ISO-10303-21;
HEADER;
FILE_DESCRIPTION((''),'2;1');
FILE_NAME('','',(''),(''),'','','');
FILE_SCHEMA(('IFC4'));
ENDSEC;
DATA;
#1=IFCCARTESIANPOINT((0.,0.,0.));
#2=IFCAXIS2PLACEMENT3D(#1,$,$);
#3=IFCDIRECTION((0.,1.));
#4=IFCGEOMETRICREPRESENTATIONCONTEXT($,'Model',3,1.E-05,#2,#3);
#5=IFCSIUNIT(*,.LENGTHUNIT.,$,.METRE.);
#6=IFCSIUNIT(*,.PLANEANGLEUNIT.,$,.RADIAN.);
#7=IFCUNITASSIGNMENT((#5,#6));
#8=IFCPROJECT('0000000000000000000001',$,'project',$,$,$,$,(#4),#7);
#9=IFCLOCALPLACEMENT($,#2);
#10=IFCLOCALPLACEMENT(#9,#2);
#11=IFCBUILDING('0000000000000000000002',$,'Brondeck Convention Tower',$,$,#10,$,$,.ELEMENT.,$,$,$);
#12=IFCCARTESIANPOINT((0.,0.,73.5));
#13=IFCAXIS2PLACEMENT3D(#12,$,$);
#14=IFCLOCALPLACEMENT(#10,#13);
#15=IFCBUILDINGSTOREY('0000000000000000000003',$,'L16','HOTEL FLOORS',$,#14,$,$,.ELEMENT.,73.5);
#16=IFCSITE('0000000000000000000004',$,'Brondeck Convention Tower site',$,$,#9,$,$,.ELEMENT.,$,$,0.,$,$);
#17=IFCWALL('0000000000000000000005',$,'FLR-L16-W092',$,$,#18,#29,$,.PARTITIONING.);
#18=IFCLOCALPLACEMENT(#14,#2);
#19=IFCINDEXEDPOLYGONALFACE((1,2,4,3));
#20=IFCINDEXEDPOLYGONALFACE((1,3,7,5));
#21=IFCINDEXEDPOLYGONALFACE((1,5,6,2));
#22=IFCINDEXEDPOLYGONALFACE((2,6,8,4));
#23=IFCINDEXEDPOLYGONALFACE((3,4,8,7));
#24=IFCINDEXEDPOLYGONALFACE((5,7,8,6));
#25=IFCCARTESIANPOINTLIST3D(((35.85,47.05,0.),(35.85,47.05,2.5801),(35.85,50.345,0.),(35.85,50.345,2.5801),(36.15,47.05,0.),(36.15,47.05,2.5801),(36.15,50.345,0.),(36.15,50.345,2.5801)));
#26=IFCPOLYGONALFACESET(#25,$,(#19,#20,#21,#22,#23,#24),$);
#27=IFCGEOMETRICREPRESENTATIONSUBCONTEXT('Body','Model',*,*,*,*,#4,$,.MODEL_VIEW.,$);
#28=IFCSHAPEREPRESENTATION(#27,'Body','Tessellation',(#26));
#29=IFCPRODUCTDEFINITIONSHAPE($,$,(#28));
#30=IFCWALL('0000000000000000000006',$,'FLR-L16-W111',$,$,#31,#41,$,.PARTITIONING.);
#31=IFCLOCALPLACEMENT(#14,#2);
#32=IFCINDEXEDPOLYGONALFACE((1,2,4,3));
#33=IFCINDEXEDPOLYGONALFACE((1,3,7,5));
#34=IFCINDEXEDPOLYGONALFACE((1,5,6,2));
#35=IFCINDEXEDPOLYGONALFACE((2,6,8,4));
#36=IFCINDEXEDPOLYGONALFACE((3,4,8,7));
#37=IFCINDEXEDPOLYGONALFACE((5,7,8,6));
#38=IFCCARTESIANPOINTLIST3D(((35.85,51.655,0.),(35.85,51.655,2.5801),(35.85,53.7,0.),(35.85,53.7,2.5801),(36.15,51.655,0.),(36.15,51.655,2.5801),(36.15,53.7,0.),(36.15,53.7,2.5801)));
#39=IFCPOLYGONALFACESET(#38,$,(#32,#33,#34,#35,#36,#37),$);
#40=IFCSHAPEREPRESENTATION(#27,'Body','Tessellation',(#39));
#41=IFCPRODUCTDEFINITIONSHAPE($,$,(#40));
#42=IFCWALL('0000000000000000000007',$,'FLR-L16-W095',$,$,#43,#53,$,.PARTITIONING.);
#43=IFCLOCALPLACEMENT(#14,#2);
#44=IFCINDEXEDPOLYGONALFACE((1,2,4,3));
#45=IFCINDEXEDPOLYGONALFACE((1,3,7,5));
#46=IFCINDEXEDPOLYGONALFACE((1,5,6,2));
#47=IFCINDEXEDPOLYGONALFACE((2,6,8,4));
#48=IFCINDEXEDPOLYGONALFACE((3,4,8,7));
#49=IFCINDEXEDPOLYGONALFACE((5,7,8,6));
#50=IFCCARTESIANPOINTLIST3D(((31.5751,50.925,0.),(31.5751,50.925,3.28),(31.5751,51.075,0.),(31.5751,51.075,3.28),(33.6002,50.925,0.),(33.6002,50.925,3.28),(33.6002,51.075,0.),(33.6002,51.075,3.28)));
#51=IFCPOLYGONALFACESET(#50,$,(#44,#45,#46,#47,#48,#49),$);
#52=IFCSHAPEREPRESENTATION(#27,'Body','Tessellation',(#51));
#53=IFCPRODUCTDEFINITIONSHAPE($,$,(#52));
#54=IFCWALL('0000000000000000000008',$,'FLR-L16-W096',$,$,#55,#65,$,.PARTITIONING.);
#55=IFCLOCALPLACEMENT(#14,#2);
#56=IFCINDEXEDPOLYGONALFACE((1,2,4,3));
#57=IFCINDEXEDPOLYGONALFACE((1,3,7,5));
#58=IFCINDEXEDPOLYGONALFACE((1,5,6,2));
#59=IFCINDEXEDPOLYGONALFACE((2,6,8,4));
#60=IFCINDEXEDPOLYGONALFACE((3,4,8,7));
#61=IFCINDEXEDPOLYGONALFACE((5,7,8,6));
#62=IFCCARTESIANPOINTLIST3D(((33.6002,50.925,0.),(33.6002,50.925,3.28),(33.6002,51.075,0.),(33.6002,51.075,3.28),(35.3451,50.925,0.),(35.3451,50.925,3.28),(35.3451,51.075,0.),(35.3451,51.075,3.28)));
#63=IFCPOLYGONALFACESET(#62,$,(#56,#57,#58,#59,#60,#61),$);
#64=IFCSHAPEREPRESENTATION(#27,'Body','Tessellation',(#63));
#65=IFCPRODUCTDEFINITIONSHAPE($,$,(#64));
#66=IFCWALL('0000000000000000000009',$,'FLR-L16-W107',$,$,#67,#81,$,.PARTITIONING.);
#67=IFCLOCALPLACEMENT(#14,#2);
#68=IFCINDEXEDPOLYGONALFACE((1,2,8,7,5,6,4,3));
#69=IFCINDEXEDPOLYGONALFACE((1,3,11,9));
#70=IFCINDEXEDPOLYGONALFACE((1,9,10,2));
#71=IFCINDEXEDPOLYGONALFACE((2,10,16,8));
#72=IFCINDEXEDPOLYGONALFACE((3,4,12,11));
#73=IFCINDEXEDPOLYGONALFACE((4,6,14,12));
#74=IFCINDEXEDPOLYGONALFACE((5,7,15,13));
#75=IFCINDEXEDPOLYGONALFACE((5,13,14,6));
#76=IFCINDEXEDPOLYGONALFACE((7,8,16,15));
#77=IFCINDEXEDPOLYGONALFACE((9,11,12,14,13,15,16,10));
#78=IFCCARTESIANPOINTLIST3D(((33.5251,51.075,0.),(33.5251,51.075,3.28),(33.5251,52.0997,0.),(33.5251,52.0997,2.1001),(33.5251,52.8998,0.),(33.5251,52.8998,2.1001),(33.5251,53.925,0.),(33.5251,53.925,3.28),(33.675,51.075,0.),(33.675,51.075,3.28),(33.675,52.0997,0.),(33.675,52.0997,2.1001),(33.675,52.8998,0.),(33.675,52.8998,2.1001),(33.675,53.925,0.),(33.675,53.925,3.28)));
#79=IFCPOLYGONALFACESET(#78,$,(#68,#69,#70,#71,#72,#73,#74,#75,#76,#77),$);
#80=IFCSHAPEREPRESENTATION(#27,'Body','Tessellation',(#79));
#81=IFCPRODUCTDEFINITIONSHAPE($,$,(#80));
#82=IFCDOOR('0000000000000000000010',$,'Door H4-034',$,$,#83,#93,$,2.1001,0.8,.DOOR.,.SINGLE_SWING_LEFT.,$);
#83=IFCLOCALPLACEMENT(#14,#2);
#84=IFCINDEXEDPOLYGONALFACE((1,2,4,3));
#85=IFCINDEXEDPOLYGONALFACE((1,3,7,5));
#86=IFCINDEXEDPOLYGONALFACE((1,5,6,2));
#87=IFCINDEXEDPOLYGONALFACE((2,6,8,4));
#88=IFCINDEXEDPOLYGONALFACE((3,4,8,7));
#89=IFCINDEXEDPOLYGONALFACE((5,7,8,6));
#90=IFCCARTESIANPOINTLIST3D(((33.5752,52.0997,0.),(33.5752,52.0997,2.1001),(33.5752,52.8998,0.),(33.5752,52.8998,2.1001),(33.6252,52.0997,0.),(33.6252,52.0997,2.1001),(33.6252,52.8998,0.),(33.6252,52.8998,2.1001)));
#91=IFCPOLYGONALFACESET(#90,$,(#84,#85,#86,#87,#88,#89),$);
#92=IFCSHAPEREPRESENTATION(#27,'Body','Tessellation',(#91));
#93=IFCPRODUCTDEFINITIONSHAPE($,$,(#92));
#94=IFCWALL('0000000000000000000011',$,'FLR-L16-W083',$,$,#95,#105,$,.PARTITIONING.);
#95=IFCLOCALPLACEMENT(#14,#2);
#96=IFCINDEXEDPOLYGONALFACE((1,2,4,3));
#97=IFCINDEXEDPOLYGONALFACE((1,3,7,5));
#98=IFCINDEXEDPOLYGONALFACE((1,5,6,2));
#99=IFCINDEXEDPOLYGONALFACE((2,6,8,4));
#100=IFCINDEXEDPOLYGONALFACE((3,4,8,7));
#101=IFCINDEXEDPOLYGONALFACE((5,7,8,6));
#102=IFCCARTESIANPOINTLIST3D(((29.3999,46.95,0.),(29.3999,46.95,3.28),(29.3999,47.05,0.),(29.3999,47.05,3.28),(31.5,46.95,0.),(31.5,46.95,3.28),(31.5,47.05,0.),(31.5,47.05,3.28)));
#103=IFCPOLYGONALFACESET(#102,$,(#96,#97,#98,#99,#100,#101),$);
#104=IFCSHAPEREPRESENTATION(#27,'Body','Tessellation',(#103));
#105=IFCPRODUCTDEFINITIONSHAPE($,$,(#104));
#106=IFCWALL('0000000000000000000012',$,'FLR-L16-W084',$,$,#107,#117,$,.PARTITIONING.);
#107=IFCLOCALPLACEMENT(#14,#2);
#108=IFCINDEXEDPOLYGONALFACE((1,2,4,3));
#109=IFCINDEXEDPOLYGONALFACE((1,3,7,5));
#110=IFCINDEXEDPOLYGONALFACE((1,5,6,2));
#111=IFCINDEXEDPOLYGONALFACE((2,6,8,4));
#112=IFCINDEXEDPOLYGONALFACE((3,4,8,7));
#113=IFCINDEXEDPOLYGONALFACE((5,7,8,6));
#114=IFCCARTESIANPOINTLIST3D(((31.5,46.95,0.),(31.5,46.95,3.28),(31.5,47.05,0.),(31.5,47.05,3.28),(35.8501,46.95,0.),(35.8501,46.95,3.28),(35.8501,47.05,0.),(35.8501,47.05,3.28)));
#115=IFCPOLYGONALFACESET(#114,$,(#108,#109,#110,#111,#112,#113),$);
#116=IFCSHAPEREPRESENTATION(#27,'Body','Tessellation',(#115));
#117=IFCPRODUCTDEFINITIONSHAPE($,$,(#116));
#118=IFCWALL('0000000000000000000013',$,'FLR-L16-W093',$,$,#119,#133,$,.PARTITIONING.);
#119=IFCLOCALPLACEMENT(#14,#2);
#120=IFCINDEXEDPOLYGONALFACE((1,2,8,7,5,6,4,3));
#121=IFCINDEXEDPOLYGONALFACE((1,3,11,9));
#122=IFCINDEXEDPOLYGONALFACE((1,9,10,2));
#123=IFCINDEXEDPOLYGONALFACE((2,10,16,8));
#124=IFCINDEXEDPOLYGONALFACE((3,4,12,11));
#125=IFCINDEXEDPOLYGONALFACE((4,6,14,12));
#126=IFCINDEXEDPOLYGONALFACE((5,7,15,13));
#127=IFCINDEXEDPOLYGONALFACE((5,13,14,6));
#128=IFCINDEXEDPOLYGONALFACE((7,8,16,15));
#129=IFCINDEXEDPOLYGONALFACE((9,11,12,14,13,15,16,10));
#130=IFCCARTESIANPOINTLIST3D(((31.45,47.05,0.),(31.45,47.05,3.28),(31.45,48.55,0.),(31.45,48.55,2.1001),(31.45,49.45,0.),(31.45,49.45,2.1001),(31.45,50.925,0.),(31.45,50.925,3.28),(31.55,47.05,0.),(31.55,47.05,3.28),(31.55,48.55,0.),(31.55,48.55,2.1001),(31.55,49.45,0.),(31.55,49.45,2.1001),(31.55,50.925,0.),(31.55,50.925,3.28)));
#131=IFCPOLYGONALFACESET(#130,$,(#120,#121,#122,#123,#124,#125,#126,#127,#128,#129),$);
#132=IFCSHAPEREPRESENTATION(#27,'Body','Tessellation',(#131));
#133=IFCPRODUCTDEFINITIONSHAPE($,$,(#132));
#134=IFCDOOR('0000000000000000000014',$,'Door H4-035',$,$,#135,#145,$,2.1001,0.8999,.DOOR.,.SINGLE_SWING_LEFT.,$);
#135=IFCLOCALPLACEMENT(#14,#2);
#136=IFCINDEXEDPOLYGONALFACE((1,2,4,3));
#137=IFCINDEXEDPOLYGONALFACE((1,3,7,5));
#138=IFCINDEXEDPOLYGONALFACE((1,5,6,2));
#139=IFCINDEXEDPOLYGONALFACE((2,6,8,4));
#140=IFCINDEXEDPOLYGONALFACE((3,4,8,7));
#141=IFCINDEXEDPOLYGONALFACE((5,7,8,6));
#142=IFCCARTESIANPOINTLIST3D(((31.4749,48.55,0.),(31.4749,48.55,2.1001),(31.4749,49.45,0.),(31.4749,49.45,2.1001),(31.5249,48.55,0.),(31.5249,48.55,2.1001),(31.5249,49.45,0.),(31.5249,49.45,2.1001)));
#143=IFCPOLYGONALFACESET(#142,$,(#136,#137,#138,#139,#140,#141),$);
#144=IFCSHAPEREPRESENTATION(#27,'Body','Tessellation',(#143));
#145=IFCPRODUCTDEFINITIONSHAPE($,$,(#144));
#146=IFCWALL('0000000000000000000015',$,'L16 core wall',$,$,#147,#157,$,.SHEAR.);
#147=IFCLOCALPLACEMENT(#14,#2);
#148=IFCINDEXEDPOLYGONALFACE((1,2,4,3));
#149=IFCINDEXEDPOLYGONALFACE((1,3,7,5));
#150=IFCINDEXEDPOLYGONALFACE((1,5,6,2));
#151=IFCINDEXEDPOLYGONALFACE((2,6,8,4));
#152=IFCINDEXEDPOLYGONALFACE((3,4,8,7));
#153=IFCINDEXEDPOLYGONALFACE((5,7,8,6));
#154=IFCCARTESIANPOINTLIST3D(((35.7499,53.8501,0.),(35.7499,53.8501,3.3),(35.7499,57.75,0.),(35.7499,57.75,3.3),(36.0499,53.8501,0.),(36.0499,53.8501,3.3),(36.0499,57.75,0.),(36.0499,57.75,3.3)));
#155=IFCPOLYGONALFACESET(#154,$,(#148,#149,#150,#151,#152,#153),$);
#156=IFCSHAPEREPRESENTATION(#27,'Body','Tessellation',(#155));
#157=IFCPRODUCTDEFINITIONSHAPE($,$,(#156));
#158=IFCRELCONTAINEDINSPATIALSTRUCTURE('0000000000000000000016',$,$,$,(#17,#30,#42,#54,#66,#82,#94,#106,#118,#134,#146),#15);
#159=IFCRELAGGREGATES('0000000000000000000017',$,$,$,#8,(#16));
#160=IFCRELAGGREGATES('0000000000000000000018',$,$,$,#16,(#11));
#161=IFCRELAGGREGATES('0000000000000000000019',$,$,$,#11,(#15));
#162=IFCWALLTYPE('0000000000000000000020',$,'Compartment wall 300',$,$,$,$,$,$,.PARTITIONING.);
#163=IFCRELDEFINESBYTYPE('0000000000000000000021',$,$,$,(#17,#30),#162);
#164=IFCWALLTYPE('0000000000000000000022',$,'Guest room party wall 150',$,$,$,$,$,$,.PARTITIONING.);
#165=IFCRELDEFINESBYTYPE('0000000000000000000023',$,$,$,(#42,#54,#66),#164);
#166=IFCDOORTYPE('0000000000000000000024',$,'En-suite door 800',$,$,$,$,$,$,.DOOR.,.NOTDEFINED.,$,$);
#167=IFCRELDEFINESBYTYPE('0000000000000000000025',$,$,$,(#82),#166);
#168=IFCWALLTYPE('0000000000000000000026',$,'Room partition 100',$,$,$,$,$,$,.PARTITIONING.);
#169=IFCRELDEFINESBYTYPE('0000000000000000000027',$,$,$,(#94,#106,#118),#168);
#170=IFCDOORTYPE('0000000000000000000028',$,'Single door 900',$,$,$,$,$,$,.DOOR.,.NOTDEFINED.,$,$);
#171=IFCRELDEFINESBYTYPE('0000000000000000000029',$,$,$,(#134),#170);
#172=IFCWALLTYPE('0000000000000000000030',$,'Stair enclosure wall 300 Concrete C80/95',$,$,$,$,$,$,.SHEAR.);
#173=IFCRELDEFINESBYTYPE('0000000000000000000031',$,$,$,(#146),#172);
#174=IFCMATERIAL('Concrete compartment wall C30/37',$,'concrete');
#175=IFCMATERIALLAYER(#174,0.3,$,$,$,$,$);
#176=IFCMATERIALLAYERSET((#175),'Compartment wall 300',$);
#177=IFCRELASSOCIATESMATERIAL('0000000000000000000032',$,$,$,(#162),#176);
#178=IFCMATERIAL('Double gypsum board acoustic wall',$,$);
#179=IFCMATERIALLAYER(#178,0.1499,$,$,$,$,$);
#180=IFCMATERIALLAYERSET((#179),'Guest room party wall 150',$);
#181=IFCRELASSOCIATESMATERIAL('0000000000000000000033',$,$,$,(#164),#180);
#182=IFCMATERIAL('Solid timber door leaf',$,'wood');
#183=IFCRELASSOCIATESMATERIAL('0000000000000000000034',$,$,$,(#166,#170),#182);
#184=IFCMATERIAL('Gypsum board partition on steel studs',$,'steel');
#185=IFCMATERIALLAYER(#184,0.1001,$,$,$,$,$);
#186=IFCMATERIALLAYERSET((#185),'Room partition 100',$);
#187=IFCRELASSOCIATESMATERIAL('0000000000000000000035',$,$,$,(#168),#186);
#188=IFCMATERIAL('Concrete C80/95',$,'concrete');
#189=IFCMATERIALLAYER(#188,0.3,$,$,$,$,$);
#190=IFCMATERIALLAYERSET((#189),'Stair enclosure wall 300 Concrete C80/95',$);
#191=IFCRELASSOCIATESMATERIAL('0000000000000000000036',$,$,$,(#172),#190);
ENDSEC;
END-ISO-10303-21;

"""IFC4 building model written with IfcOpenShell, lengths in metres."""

from ifc_helpers import new_model, si_unit, direction, frame, frame_2d, origin, place, context, subcontext, project, spatial, rectangle, extrude, material, layer, layer_set, type_object, element, fill, save


model = new_model("IFC4")

# Units and contexts
model_context = context("Model", 3, precision=1e-05, world=origin(), true_north=direction((0.0, 1.0)))
body_context = subcontext(model_context, "Body", "Model", "MODEL_VIEW")
ifc_project = project(units=[si_unit("LENGTHUNIT", "METRE"), si_unit("PLANEANGLEUNIT", "RADIAN")], contexts=[model_context])

# Site, building, storey
site_placement = place(None, origin())
site = spatial("IfcSite", under=ifc_project, at=site_placement, Name="Brondeck Convention Tower site", CompositionType="ELEMENT", RefElevation=0.0)
building_placement = place(site_placement, origin())
building = spatial("IfcBuilding", under=site, at=building_placement, Name="Brondeck Convention Tower", CompositionType="ELEMENT")
storey_placement = place(building_placement, frame((0.0, 0.0, 73.5)))
storey = spatial("IfcBuildingStorey", under=building, at=storey_placement, Name="L16", Description="HOTEL FLOORS", CompositionType="ELEMENT", Elevation=73.5)

# Shared definitions
ifc_material_1 = material(Name="Concrete C80/95", Category="concrete")

# Shared definitions
ifc_material_2 = material(Name="Concrete compartment wall C30/37", Category="concrete")
ifc_layer_1 = layer(ifc_material_2, 0.3)
ifc_layer_set_1 = layer_set([ifc_layer_1], Name="Compartment wall 300")
wall_type_1 = type_object("IfcWallType", Name="Compartment wall 300", PredefinedType="PARTITIONING", material=ifc_layer_set_1)

# Walls
wall_1_placement = place(storey_placement, frame((36.0, 50.345, 0.0), z_axis=(0.0, 0.0, 1.0), x_axis=(0.0, -1.0, 0.0)))
element("IfcWall", 1, at=wall_1_placement, inside=storey, type_object=wall_type_1, Name="FLR-L16-W092", PredefinedType="PARTITIONING", context=body_context, shape_type="SweptSolid", body=[
    extrude(rectangle(XDim=3.2949, YDim=0.3, at=frame_2d((1.6475, 0.0))), origin(), (0.0, 0.0, 1.0), 2.5801),
])
wall_2_placement = place(storey_placement, frame((36.0, 53.7, 0.0), z_axis=(0.0, 0.0, 1.0), x_axis=(0.0, -1.0, 0.0)))
element("IfcWall", 2, at=wall_2_placement, inside=storey, type_object=wall_type_1, Name="FLR-L16-W111", PredefinedType="PARTITIONING", context=body_context, shape_type="SweptSolid", body=[
    extrude(rectangle(XDim=2.0449, YDim=0.3, at=frame_2d((1.0225, 0.0))), origin(), (0.0, 0.0, 1.0), 2.5801),
])
ifc_material_3 = material(Name="Double gypsum board acoustic wall")
ifc_layer_2 = layer(ifc_material_3, 0.1499)
ifc_layer_set_2 = layer_set([ifc_layer_2], Name="Guest room party wall 150")
wall_type_2 = type_object("IfcWallType", Name="Guest room party wall 150", PredefinedType="PARTITIONING", material=ifc_layer_set_2)
wall_3_placement = place(storey_placement, frame((31.575, 51.0, 0.0), z_axis=(0.0, 0.0, 1.0), x_axis=(1.0, 0.0, 0.0)))
element("IfcWall", 3, at=wall_3_placement, inside=storey, type_object=wall_type_2, Name="FLR-L16-W095", PredefinedType="PARTITIONING", context=body_context, shape_type="SweptSolid", body=[
    extrude(rectangle(XDim=2.0251, YDim=0.1499, at=frame_2d((1.0127, 0.0))), origin(), (0.0, 0.0, 1.0), 3.28),
])
wall_4_placement = place(storey_placement, frame((33.6001, 51.0, 0.0), z_axis=(0.0, 0.0, 1.0), x_axis=(1.0, 0.0, 0.0)))
element("IfcWall", 4, at=wall_4_placement, inside=storey, type_object=wall_type_2, Name="FLR-L16-W096", PredefinedType="PARTITIONING", context=body_context, shape_type="SweptSolid", body=[
    extrude(rectangle(XDim=1.7449, YDim=0.1499, at=frame_2d((0.8726, 0.0))), origin(), (0.0, 0.0, 1.0), 3.28),
])

# Wall, opening, door
wall_5_placement = place(storey_placement, frame((33.6001, 51.075, 0.0), z_axis=(0.0, 0.0, 1.0), x_axis=(0.0, 1.0, 0.0)))
wall_5 = element("IfcWall", 5, at=wall_5_placement, inside=storey, type_object=wall_type_2, Name="FLR-L16-W107", PredefinedType="PARTITIONING", context=body_context, shape_type="SweptSolid", body=[
    extrude(rectangle(XDim=2.8501, YDim=0.1499, at=frame_2d((1.425, 0.0))), origin(), (0.0, 0.0, 1.0), 3.28),
])
opening_1_placement = place(wall_5_placement, frame((1.0249, 0.0, 0.0)))
opening_1 = element("IfcOpeningElement", 6, at=opening_1_placement, cuts=wall_5, PredefinedType="OPENING", context=body_context, shape_type="SweptSolid", body=[
    extrude(rectangle(XDim=0.8, YDim=2.1001, at=frame_2d((0.3999, 1.05))), frame((0.0, 0.085, 0.0), z_axis=(0.0, -1.0, 0.0), x_axis=(1.0, 0.0, 0.0)), (0.0, 0.0, 1.0), 0.1699),
])
ifc_material_4 = material(Name="Solid timber door leaf", Category="wood")
door_type_1 = type_object("IfcDoorType", Name="En-suite door 800", OperationType="NOTDEFINED", PredefinedType="DOOR", material=ifc_material_4)
door_1_placement = place(opening_1_placement, origin())
door_1 = element("IfcDoor", 7, at=door_1_placement, inside=storey, type_object=door_type_1, Name="Door H4-034", OperationType="SINGLE_SWING_LEFT", OverallHeight=2.1001, OverallWidth=0.8, PredefinedType="DOOR", context=body_context, shape_type="SweptSolid", body=[
    extrude(rectangle(XDim=0.8, YDim=2.1001, at=frame_2d((0.3999, 1.05))), frame((0.0, 0.0249, 0.0), z_axis=(0.0, -1.0, 0.0), x_axis=(1.0, 0.0, 0.0)), (0.0, 0.0, 1.0), 0.05),
])
fill(opening_1, door_1)

# Walls
ifc_material_5 = material(Name="Gypsum board partition on steel studs", Category="steel")
ifc_layer_3 = layer(ifc_material_5, 0.1001)
ifc_layer_set_3 = layer_set([ifc_layer_3], Name="Room partition 100")
wall_type_3 = type_object("IfcWallType", Name="Room partition 100", PredefinedType="PARTITIONING", material=ifc_layer_set_3)
wall_6_placement = place(storey_placement, frame((29.3999, 47.0, 0.0), z_axis=(0.0, 0.0, 1.0), x_axis=(1.0, 0.0, 0.0)))
element("IfcWall", 8, at=wall_6_placement, inside=storey, type_object=wall_type_3, Name="FLR-L16-W083", PredefinedType="PARTITIONING", context=body_context, shape_type="SweptSolid", body=[
    extrude(rectangle(XDim=2.1001, YDim=0.1001, at=frame_2d((1.05, 0.0))), origin(), (0.0, 0.0, 1.0), 3.28),
])
wall_7_placement = place(storey_placement, frame((31.5, 47.0, 0.0), z_axis=(0.0, 0.0, 1.0), x_axis=(1.0, 0.0, 0.0)))
element("IfcWall", 9, at=wall_7_placement, inside=storey, type_object=wall_type_3, Name="FLR-L16-W084", PredefinedType="PARTITIONING", context=body_context, shape_type="SweptSolid", body=[
    extrude(rectangle(XDim=4.3501, YDim=0.1001, at=frame_2d((2.175, 0.0))), origin(), (0.0, 0.0, 1.0), 3.28),
])

# Wall, opening, door
wall_8_placement = place(storey_placement, frame((31.5, 50.925, 0.0), z_axis=(0.0, 0.0, 1.0), x_axis=(0.0, -1.0, 0.0)))
wall_8 = element("IfcWall", 10, at=wall_8_placement, inside=storey, type_object=wall_type_3, Name="FLR-L16-W093", PredefinedType="PARTITIONING", context=body_context, shape_type="SweptSolid", body=[
    extrude(rectangle(XDim=3.875, YDim=0.1001, at=frame_2d((1.9375, 0.0))), origin(), (0.0, 0.0, 1.0), 3.28),
])
opening_2_placement = place(wall_8_placement, frame((1.4751, 0.0, 0.0)))
opening_2 = element("IfcOpeningElement", 11, at=opening_2_placement, cuts=wall_8, PredefinedType="OPENING", context=body_context, shape_type="SweptSolid", body=[
    extrude(rectangle(XDim=0.8999, YDim=2.1001, at=frame_2d((0.45, 1.05))), frame((0.0, 0.0601, 0.0), z_axis=(0.0, -1.0, 0.0), x_axis=(1.0, 0.0, 0.0)), (0.0, 0.0, 1.0), 0.1201),
])
door_type_2 = type_object("IfcDoorType", Name="Single door 900", OperationType="NOTDEFINED", PredefinedType="DOOR", material=ifc_material_4)
door_2_placement = place(opening_2_placement, origin())
door_2 = element("IfcDoor", 12, at=door_2_placement, inside=storey, type_object=door_type_2, Name="Door H4-035", OperationType="SINGLE_SWING_LEFT", OverallHeight=2.1001, OverallWidth=0.8999, PredefinedType="DOOR", context=body_context, shape_type="SweptSolid", body=[
    extrude(rectangle(XDim=0.8999, YDim=2.1001, at=frame_2d((0.45, 1.05))), frame((0.0, 0.0249, 0.0), z_axis=(0.0, -1.0, 0.0), x_axis=(1.0, 0.0, 0.0)), (0.0, 0.0, 1.0), 0.05),
])
fill(opening_2, door_2)

# Wall
ifc_layer_4 = layer(ifc_material_1, 0.3)
ifc_layer_set_4 = layer_set([ifc_layer_4], Name="Stair enclosure wall 300 Concrete C80/95")
wall_type_4 = type_object("IfcWallType", Name="Stair enclosure wall 300 Concrete C80/95", PredefinedType="SHEAR", material=ifc_layer_set_4)
wall_9_placement = place(storey_placement, frame((35.8999, 53.8501, 0.0), z_axis=(0.0, 0.0, 1.0), x_axis=(0.0, 1.0, 0.0)))
element("IfcWall", 13, at=wall_9_placement, inside=storey, type_object=wall_type_4, Name="L16 core wall", PredefinedType="SHEAR", context=body_context, shape_type="SweptSolid", body=[
    extrude(rectangle(XDim=3.8999, YDim=0.3, at=frame_2d((1.95, 0.0))), origin(), (0.0, 0.0, 1.0), 3.3),
])

save(model, "model.ifc")
